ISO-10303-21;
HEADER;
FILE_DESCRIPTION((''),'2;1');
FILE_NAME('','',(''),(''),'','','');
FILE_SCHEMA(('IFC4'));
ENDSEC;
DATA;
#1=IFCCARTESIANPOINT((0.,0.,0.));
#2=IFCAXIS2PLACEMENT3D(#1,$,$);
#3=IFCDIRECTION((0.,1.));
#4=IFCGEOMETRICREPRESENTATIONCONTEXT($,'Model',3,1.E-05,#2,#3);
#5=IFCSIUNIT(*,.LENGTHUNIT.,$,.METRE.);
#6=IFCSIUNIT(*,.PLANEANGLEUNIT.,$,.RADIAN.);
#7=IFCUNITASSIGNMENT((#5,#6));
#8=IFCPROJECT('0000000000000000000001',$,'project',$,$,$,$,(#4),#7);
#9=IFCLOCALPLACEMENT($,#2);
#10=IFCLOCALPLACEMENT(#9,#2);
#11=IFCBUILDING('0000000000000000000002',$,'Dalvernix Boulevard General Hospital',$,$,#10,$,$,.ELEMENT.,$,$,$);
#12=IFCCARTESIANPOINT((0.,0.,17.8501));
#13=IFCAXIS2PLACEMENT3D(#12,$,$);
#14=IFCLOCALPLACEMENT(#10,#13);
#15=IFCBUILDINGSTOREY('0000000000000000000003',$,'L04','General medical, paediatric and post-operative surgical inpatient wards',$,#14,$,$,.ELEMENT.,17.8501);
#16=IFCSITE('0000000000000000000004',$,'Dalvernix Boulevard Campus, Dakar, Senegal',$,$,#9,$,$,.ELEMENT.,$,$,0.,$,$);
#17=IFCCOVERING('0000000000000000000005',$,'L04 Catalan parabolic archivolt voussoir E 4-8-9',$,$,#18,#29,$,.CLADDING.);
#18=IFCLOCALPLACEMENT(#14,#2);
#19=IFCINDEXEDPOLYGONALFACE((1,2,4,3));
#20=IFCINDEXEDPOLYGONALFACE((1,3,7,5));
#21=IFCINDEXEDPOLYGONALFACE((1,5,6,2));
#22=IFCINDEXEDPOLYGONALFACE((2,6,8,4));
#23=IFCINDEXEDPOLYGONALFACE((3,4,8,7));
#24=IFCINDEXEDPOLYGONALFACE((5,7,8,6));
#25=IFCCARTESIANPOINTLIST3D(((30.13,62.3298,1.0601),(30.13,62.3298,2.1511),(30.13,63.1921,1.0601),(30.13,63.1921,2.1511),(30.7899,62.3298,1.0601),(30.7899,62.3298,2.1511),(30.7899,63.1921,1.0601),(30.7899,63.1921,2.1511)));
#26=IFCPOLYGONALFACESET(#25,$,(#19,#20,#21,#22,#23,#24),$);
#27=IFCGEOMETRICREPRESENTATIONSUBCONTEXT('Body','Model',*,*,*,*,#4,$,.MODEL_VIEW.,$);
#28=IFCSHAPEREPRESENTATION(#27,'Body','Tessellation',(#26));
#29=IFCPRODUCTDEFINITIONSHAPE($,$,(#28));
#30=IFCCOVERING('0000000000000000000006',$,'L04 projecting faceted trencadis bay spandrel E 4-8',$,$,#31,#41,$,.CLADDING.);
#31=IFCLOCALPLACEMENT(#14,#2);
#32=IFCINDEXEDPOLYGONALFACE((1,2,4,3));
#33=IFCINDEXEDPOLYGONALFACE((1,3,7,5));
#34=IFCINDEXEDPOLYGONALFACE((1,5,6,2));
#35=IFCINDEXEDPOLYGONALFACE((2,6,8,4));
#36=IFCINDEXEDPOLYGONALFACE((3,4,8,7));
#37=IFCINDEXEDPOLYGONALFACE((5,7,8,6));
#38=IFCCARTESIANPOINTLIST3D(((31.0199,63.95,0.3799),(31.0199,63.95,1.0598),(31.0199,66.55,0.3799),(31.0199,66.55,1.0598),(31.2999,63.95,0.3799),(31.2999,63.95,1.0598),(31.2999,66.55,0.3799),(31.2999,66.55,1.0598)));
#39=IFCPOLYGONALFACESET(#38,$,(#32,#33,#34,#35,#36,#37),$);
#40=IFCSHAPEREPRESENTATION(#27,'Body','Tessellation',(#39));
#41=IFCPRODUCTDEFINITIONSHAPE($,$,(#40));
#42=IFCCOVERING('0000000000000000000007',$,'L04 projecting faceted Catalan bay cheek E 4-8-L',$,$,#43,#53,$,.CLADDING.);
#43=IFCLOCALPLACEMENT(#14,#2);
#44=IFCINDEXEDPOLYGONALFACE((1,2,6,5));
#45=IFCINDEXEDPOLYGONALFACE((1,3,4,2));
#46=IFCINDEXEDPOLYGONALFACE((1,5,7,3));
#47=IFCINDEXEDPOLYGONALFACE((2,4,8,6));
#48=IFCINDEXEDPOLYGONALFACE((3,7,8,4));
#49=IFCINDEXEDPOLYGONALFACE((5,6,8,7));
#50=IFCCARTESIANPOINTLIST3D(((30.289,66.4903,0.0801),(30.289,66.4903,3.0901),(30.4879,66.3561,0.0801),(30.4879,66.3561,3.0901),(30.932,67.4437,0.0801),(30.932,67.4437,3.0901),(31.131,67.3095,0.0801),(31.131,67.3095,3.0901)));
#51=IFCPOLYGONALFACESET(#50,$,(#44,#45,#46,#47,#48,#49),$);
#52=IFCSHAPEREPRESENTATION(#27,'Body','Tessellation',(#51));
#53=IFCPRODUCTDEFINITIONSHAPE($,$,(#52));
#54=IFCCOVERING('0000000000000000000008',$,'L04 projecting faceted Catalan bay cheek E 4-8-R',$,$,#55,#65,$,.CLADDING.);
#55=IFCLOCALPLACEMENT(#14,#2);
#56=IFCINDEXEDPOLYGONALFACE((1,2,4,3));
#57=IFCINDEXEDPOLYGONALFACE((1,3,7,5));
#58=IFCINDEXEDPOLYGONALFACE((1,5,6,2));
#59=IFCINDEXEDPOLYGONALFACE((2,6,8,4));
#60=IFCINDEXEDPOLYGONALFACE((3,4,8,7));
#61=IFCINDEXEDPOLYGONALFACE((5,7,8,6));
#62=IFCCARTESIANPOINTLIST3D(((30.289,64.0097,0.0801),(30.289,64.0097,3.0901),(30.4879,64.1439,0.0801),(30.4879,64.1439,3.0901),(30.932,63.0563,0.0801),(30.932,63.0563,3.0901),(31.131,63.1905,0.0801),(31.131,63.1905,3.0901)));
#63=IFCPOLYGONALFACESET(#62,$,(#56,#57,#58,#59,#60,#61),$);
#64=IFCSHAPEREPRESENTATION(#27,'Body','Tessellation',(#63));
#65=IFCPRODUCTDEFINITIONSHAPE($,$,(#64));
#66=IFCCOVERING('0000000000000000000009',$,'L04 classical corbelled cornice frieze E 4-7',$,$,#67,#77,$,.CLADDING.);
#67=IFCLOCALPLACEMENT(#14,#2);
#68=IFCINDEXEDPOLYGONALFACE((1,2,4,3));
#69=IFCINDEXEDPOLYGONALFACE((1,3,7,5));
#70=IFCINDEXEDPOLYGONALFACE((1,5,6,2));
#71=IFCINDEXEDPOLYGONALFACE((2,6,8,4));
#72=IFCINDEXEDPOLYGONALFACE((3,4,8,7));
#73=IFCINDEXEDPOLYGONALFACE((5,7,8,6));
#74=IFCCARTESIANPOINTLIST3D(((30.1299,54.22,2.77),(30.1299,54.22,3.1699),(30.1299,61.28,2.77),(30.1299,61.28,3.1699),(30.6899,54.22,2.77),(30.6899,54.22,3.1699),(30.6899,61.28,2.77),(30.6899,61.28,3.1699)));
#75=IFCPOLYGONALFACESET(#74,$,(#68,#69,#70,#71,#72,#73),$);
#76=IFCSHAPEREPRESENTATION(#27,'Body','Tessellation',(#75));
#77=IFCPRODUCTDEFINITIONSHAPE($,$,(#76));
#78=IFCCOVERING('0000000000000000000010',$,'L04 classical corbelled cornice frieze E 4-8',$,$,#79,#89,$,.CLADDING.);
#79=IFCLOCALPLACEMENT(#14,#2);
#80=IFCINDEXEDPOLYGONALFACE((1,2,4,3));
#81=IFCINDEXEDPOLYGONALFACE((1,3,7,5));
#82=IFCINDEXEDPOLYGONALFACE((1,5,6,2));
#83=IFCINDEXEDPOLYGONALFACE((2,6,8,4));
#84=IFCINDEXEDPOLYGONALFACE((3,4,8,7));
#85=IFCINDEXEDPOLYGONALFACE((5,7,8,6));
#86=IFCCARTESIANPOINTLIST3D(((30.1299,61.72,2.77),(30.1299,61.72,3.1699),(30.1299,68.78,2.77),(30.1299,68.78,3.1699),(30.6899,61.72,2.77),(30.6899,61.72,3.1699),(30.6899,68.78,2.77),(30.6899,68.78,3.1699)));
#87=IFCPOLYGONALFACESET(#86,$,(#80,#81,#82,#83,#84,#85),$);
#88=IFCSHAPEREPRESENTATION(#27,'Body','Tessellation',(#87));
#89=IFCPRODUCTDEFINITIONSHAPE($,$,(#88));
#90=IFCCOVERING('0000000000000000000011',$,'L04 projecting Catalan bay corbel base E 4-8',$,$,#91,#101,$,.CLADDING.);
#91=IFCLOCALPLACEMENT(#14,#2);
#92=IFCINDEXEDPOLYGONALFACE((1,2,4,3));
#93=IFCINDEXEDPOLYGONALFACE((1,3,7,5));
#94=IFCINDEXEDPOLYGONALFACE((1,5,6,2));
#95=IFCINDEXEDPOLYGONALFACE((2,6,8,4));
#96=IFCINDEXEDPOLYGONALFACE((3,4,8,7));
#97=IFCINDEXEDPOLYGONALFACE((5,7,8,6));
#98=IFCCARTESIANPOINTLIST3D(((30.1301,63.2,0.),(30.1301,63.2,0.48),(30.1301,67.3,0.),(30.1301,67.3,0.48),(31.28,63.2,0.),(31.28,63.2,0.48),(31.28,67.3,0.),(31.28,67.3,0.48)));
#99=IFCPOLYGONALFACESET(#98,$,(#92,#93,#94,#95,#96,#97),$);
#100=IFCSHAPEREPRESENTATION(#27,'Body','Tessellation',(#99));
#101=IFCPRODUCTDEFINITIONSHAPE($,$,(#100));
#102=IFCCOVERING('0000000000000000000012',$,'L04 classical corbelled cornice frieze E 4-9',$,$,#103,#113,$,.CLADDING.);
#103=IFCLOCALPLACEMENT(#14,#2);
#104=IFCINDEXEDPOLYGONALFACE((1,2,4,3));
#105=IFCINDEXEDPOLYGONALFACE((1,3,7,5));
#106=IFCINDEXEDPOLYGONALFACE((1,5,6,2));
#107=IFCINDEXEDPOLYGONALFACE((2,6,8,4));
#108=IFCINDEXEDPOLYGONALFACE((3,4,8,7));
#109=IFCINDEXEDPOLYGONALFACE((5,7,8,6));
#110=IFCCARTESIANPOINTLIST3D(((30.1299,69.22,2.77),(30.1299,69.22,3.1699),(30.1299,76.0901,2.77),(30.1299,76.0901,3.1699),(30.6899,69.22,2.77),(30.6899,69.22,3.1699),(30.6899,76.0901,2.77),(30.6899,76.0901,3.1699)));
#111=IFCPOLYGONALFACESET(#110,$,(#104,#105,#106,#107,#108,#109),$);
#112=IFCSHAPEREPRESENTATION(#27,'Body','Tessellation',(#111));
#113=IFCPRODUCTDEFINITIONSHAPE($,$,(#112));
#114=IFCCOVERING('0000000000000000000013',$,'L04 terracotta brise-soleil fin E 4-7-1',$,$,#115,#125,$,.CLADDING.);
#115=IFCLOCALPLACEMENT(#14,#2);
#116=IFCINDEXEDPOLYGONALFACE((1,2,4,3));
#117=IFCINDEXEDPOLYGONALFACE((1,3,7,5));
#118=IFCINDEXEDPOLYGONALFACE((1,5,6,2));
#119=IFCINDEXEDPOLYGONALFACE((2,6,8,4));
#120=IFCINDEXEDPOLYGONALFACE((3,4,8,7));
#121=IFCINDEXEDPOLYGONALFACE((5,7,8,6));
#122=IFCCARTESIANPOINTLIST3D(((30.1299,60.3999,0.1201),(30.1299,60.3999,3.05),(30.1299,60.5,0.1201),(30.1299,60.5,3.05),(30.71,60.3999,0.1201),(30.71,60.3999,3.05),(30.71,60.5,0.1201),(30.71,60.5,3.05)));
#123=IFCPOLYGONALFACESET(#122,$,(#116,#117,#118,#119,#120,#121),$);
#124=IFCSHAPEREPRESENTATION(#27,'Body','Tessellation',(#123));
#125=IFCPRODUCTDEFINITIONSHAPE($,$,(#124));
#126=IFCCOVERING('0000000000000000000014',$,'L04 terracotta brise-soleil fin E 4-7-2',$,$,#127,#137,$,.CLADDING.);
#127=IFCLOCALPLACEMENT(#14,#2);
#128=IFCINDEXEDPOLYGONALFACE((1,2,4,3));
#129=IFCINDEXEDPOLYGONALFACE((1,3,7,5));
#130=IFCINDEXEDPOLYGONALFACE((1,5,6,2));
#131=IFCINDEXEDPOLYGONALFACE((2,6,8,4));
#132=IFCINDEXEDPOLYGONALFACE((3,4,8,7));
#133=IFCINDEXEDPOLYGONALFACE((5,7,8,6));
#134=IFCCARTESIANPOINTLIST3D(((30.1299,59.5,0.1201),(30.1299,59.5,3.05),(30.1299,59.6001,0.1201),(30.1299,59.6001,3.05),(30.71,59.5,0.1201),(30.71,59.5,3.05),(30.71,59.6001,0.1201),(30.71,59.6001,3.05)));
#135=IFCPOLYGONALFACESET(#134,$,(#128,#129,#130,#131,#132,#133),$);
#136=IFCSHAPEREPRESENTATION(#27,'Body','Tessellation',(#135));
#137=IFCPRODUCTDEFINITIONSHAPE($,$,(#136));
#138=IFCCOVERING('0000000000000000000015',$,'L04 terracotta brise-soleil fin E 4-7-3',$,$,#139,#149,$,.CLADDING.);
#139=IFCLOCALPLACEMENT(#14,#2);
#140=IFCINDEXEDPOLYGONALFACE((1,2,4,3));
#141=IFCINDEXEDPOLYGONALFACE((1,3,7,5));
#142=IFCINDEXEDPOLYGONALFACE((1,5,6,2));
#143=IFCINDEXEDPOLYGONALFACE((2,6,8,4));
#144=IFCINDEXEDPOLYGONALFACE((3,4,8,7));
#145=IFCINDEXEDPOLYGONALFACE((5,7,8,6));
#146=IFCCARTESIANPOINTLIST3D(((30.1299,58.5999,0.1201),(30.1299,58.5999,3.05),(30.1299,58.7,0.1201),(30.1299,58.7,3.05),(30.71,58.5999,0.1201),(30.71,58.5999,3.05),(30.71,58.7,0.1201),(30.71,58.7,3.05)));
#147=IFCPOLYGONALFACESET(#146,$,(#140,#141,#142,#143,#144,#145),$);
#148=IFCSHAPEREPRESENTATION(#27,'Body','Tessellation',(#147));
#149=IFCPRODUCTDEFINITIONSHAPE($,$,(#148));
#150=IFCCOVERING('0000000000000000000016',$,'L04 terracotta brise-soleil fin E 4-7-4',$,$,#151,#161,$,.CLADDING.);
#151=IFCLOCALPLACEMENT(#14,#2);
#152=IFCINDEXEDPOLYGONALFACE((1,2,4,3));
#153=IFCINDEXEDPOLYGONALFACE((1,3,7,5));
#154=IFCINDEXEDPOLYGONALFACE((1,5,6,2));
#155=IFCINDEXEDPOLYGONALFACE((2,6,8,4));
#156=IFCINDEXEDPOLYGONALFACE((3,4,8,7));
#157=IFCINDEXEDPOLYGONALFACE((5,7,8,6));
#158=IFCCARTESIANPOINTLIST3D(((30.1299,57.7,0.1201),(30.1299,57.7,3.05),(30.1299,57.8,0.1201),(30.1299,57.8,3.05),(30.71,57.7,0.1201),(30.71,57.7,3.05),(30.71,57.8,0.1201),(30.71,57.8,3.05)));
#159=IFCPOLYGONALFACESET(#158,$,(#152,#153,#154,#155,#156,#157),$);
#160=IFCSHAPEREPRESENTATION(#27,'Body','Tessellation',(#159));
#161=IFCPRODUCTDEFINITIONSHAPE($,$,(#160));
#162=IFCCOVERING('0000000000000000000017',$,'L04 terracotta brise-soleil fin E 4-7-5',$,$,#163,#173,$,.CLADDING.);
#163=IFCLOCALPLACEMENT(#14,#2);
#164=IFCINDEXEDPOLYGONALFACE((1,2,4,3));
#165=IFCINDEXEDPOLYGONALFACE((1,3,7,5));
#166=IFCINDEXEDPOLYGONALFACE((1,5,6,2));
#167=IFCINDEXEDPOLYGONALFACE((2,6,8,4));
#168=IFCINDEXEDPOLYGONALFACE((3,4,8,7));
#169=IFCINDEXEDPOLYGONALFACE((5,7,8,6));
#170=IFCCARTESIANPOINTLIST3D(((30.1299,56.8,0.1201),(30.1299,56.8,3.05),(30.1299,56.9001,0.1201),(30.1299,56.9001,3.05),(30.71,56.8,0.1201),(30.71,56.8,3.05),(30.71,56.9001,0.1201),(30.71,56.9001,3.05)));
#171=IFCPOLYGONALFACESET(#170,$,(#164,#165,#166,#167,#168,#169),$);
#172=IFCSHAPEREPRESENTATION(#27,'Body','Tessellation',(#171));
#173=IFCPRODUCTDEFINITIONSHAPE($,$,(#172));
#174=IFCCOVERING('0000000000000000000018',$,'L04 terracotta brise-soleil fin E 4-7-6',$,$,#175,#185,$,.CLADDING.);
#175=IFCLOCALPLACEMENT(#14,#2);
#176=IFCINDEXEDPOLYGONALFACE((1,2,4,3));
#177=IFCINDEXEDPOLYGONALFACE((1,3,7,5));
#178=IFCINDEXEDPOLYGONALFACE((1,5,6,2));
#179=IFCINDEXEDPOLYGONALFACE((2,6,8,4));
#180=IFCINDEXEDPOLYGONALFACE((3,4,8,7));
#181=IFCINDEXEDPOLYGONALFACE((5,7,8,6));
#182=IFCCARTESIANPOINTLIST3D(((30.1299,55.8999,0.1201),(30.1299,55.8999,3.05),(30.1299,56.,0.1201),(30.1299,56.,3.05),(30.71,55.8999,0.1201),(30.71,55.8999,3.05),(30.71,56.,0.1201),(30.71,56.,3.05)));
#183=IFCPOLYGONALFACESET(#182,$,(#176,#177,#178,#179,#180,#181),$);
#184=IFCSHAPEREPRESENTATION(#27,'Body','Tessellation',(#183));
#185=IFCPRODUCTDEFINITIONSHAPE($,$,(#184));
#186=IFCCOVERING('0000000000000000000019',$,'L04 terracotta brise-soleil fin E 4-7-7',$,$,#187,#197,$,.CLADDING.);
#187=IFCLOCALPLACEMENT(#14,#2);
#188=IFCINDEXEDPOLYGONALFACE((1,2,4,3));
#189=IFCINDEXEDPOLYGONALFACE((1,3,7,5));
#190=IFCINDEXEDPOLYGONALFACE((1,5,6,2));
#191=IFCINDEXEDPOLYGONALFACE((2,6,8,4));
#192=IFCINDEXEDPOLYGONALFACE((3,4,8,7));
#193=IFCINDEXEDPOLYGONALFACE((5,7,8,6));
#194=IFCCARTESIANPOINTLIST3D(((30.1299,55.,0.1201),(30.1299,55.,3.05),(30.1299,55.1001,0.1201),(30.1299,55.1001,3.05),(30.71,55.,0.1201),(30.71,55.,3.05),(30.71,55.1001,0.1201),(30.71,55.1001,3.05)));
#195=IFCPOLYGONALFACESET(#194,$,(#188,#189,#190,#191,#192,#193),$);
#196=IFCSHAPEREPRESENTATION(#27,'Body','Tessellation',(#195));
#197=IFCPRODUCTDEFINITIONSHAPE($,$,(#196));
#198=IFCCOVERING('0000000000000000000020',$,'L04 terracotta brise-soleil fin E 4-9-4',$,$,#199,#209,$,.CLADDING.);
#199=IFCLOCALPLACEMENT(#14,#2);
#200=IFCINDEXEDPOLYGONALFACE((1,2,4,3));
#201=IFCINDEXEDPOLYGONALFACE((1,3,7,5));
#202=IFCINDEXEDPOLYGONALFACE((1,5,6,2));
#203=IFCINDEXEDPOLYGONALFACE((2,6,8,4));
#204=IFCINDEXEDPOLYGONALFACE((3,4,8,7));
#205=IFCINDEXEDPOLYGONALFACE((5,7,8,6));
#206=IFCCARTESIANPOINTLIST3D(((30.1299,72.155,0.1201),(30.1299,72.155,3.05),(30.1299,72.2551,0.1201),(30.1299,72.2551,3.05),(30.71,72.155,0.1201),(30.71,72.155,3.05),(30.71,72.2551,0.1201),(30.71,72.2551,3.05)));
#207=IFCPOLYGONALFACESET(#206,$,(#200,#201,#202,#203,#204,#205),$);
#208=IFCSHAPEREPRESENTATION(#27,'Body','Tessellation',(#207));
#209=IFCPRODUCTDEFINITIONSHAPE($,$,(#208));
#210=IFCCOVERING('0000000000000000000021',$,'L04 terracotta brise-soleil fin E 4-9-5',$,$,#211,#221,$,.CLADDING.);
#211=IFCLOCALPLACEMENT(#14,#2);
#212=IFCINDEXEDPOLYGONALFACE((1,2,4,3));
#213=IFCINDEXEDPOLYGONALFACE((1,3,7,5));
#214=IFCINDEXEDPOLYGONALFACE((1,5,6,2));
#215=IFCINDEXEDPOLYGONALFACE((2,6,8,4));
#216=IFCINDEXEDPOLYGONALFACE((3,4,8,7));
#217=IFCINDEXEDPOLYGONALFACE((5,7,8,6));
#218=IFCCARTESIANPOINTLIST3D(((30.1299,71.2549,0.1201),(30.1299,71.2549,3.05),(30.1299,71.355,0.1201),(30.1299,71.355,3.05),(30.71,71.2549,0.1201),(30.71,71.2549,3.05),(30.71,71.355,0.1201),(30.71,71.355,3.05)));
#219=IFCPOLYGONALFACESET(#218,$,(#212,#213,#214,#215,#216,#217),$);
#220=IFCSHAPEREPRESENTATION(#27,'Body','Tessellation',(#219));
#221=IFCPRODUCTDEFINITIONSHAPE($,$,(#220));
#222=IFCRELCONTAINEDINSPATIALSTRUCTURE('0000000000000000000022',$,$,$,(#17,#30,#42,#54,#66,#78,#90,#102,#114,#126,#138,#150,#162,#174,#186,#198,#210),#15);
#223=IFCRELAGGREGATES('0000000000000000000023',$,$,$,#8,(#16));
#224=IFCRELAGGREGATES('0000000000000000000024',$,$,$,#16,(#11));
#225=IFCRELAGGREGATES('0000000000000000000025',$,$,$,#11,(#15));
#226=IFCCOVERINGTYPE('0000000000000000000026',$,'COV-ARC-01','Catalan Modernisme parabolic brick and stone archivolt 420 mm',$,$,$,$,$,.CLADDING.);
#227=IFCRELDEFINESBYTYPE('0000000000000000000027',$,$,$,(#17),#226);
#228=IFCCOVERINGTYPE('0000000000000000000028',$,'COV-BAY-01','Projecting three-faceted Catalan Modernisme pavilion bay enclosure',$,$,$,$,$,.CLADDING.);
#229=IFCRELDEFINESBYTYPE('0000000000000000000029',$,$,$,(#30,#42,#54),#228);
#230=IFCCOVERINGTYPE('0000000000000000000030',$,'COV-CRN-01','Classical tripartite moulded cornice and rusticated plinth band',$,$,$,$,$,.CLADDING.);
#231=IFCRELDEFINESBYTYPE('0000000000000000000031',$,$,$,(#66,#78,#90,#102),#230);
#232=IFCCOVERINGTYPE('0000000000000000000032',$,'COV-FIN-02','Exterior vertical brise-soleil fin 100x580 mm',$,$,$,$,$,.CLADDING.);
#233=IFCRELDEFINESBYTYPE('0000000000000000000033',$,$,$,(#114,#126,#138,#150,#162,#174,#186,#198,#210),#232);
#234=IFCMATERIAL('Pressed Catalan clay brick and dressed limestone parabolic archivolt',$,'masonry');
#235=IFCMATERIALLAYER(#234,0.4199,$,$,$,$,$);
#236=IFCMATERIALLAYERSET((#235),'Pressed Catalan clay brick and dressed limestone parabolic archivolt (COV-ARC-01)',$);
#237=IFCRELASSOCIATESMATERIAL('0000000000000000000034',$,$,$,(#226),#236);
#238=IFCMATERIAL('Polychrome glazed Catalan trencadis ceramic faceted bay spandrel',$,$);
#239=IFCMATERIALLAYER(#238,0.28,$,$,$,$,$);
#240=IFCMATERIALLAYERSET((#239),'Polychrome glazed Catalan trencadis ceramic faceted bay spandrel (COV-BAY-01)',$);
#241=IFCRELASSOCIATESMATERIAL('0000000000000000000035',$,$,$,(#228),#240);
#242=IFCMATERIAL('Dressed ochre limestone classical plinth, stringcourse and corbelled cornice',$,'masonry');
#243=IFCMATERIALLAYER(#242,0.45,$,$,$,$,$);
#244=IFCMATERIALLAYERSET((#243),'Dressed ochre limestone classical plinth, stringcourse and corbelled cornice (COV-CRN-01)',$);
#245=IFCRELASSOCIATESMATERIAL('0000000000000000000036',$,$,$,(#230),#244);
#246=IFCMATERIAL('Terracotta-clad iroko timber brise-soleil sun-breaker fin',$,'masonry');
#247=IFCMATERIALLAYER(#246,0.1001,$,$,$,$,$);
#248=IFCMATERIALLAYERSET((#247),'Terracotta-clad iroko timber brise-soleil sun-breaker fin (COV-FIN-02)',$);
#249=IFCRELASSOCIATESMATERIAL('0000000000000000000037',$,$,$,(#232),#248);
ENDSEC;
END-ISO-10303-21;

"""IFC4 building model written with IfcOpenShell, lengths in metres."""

from ifc_helpers import new_model, si_unit, direction, frame, origin, origin_2d, place, context, subcontext, project, spatial, rectangle, extrude, material, layer, layer_set, type_object, element, save


model = new_model("IFC4")

# Units and contexts
model_context = context("Model", 3, precision=1e-05, world=origin(), true_north=direction((0.0, 1.0)))
body_context = subcontext(model_context, "Body", "Model", "MODEL_VIEW")
ifc_project = project(units=[si_unit("LENGTHUNIT", "METRE"), si_unit("PLANEANGLEUNIT", "RADIAN")], contexts=[model_context])

# Site, building, storey
site_placement = place(None, origin())
site = spatial("IfcSite", under=ifc_project, at=site_placement, Name="Dalvernix Boulevard Campus, Dakar, Senegal", CompositionType="ELEMENT", RefElevation=0.0)
building_placement = place(site_placement, origin())
building = spatial("IfcBuilding", under=site, at=building_placement, Name="Dalvernix Boulevard General Hospital", CompositionType="ELEMENT")
storey_placement = place(building_placement, frame((0.0, 0.0, 17.8501)))
storey = spatial("IfcBuildingStorey", under=building, at=storey_placement, Name="L04", Description="General medical, paediatric and post-operative surgical inpatient wards", CompositionType="ELEMENT", Elevation=17.8501)

# Coverings
ifc_material_1 = material(Name="Pressed Catalan clay brick and dressed limestone parabolic archivolt", Category="masonry")
ifc_layer_1 = layer(ifc_material_1, 0.4199)
ifc_layer_set_1 = layer_set([ifc_layer_1], Name="Pressed Catalan clay brick and dressed limestone parabolic archivolt (COV-ARC-01)")
covering_type_1 = type_object("IfcCoveringType", Name="COV-ARC-01", Description="Catalan Modernisme parabolic brick and stone archivolt 420 mm", PredefinedType="CLADDING", material=ifc_layer_set_1)
covering_1_placement = place(storey_placement, frame((30.46, 62.761, 1.0601), z_axis=(0.0, 0.0, 1.0), x_axis=(0.0, -1.0, 0.0)))
element("IfcCovering", 1, at=covering_1_placement, inside=storey, type_object=covering_type_1, Name="L04 Catalan parabolic archivolt voussoir E 4-8-9", PredefinedType="CLADDING", context=body_context, shape_type="SweptSolid", body=[
    extrude(rectangle(XDim=0.8623, YDim=0.6599, at=origin_2d()), origin(), (0.0, 0.0, 1.0), 1.0911),
])
ifc_material_2 = material(Name="Polychrome glazed Catalan trencadis ceramic faceted bay spandrel")
ifc_layer_2 = layer(ifc_material_2, 0.28)
ifc_layer_set_2 = layer_set([ifc_layer_2], Name="Polychrome glazed Catalan trencadis ceramic faceted bay spandrel (COV-BAY-01)")
covering_type_2 = type_object("IfcCoveringType", Name="COV-BAY-01", Description="Projecting three-faceted Catalan Modernisme pavilion bay enclosure", PredefinedType="CLADDING", material=ifc_layer_set_2)
covering_2_placement = place(storey_placement, frame((31.1599, 65.25, 0.3799), z_axis=(0.0, 0.0, 1.0), x_axis=(0.0, -1.0, 0.0)))
element("IfcCovering", 2, at=covering_2_placement, inside=storey, type_object=covering_type_2, Name="L04 projecting faceted trencadis bay spandrel E 4-8", PredefinedType="CLADDING", context=body_context, shape_type="SweptSolid", body=[
    extrude(rectangle(XDim=2.6001, YDim=0.28, at=origin_2d()), origin(), (0.0, 0.0, 1.0), 0.6799),
])
for number, where, z_axis, x_axis, name in (
    (3, (30.71, 66.8999, 0.0801), (0.0, 0.0, 1.0), (-0.559193, -0.829038, 0.0), "L04 projecting faceted Catalan bay cheek E 4-8-L"),
    (4, (30.71, 63.6001, 0.0801), (0.0, 0.0, 1.0), (0.559193, -0.829038, 0.0), "L04 projecting faceted Catalan bay cheek E 4-8-R"),
):
    element("IfcCovering", number, at=place(storey_placement, frame(where, z_axis=z_axis, x_axis=x_axis)), inside=storey, type_object=covering_type_2, Name=name, PredefinedType="CLADDING", context=body_context, shape_type="SweptSolid", body=[
        extrude(rectangle(XDim=1.1499, YDim=0.24, at=origin_2d()), origin(), (0.0, 0.0, 1.0), 3.01),
    ])
ifc_material_3 = material(Name="Dressed ochre limestone classical plinth, stringcourse and corbelled cornice", Category="masonry")
ifc_layer_3 = layer(ifc_material_3, 0.45)
ifc_layer_set_3 = layer_set([ifc_layer_3], Name="Dressed ochre limestone classical plinth, stringcourse and corbelled cornice (COV-CRN-01)")
covering_type_3 = type_object("IfcCoveringType", Name="COV-CRN-01", Description="Classical tripartite moulded cornice and rusticated plinth band", PredefinedType="CLADDING", material=ifc_layer_set_3)
for number, where, z_axis, x_axis, name in (
    (5, (30.4099, 57.75, 2.77), (0.0, 0.0, 1.0), (0.0, -1.0, 0.0), "L04 classical corbelled cornice frieze E 4-7"),
    (6, (30.4099, 65.25, 2.77), (0.0, 0.0, 1.0), (0.0, -1.0, 0.0), "L04 classical corbelled cornice frieze E 4-8"),
):
    element("IfcCovering", number, at=place(storey_placement, frame(where, z_axis=z_axis, x_axis=x_axis)), inside=storey, type_object=covering_type_3, Name=name, PredefinedType="CLADDING", context=body_context, shape_type="SweptSolid", body=[
        extrude(rectangle(XDim=7.0601, YDim=0.5601, at=origin_2d()), origin(), (0.0, 0.0, 1.0), 0.3999),
    ])
covering_3_placement = place(storey_placement, frame((30.7051, 65.25, 0.0), z_axis=(0.0, 0.0, 1.0), x_axis=(0.0, -1.0, 0.0)))
element("IfcCovering", 7, at=covering_3_placement, inside=storey, type_object=covering_type_3, Name="L04 projecting Catalan bay corbel base E 4-8", PredefinedType="CLADDING", context=body_context, shape_type="SweptSolid", body=[
    extrude(rectangle(XDim=4.1001, YDim=1.1499, at=origin_2d()), origin(), (0.0, 0.0, 1.0), 0.48),
])
covering_4_placement = place(storey_placement, frame((30.4099, 72.655, 2.77), z_axis=(0.0, 0.0, 1.0), x_axis=(0.0, -1.0, 0.0)))
element("IfcCovering", 8, at=covering_4_placement, inside=storey, type_object=covering_type_3, Name="L04 classical corbelled cornice frieze E 4-9", PredefinedType="CLADDING", context=body_context, shape_type="SweptSolid", body=[
    extrude(rectangle(XDim=6.8701, YDim=0.5601, at=origin_2d()), origin(), (0.0, 0.0, 1.0), 0.3999),
])
ifc_material_4 = material(Name="Terracotta-clad iroko timber brise-soleil sun-breaker fin", Category="masonry")
ifc_layer_4 = layer(ifc_material_4, 0.1001)
ifc_layer_set_4 = layer_set([ifc_layer_4], Name="Terracotta-clad iroko timber brise-soleil sun-breaker fin (COV-FIN-02)")
covering_type_4 = type_object("IfcCoveringType", Name="COV-FIN-02", Description="Exterior vertical brise-soleil fin 100x580 mm", PredefinedType="CLADDING", material=ifc_layer_set_4)
for number, where, z_axis, x_axis, name in (
    (9, (30.4199, 60.45, 0.1201), (0.0, 0.0, 1.0), (0.0, -1.0, 0.0), "L04 terracotta brise-soleil fin E 4-7-1"),
    (10, (30.4199, 59.55, 0.1201), (0.0, 0.0, 1.0), (0.0, -1.0, 0.0), "L04 terracotta brise-soleil fin E 4-7-2"),
    (11, (30.4199, 58.6499, 0.1201), (0.0, 0.0, 1.0), (0.0, -1.0, 0.0), "L04 terracotta brise-soleil fin E 4-7-3"),
    (12, (30.4199, 57.75, 0.1201), (0.0, 0.0, 1.0), (0.0, -1.0, 0.0), "L04 terracotta brise-soleil fin E 4-7-4"),
    (13, (30.4199, 56.8501, 0.1201), (0.0, 0.0, 1.0), (0.0, -1.0, 0.0), "L04 terracotta brise-soleil fin E 4-7-5"),
    (14, (30.4199, 55.95, 0.1201), (0.0, 0.0, 1.0), (0.0, -1.0, 0.0), "L04 terracotta brise-soleil fin E 4-7-6"),
    (15, (30.4199, 55.05, 0.1201), (0.0, 0.0, 1.0), (0.0, -1.0, 0.0), "L04 terracotta brise-soleil fin E 4-7-7"),
    (16, (30.4199, 72.2051, 0.1201), (0.0, 0.0, 1.0), (0.0, -1.0, 0.0), "L04 terracotta brise-soleil fin E 4-9-4"),
    (17, (30.4199, 71.3049, 0.1201), (0.0, 0.0, 1.0), (0.0, -1.0, 0.0), "L04 terracotta brise-soleil fin E 4-9-5"),
):
    element("IfcCovering", number, at=place(storey_placement, frame(where, z_axis=z_axis, x_axis=x_axis)), inside=storey, type_object=covering_type_4, Name=name, PredefinedType="CLADDING", context=body_context, shape_type="SweptSolid", body=[
        extrude(rectangle(XDim=0.1001, YDim=0.5801, at=origin_2d()), origin(), (0.0, 0.0, 1.0), 2.9299),
    ])

save(model, "model.ifc")
